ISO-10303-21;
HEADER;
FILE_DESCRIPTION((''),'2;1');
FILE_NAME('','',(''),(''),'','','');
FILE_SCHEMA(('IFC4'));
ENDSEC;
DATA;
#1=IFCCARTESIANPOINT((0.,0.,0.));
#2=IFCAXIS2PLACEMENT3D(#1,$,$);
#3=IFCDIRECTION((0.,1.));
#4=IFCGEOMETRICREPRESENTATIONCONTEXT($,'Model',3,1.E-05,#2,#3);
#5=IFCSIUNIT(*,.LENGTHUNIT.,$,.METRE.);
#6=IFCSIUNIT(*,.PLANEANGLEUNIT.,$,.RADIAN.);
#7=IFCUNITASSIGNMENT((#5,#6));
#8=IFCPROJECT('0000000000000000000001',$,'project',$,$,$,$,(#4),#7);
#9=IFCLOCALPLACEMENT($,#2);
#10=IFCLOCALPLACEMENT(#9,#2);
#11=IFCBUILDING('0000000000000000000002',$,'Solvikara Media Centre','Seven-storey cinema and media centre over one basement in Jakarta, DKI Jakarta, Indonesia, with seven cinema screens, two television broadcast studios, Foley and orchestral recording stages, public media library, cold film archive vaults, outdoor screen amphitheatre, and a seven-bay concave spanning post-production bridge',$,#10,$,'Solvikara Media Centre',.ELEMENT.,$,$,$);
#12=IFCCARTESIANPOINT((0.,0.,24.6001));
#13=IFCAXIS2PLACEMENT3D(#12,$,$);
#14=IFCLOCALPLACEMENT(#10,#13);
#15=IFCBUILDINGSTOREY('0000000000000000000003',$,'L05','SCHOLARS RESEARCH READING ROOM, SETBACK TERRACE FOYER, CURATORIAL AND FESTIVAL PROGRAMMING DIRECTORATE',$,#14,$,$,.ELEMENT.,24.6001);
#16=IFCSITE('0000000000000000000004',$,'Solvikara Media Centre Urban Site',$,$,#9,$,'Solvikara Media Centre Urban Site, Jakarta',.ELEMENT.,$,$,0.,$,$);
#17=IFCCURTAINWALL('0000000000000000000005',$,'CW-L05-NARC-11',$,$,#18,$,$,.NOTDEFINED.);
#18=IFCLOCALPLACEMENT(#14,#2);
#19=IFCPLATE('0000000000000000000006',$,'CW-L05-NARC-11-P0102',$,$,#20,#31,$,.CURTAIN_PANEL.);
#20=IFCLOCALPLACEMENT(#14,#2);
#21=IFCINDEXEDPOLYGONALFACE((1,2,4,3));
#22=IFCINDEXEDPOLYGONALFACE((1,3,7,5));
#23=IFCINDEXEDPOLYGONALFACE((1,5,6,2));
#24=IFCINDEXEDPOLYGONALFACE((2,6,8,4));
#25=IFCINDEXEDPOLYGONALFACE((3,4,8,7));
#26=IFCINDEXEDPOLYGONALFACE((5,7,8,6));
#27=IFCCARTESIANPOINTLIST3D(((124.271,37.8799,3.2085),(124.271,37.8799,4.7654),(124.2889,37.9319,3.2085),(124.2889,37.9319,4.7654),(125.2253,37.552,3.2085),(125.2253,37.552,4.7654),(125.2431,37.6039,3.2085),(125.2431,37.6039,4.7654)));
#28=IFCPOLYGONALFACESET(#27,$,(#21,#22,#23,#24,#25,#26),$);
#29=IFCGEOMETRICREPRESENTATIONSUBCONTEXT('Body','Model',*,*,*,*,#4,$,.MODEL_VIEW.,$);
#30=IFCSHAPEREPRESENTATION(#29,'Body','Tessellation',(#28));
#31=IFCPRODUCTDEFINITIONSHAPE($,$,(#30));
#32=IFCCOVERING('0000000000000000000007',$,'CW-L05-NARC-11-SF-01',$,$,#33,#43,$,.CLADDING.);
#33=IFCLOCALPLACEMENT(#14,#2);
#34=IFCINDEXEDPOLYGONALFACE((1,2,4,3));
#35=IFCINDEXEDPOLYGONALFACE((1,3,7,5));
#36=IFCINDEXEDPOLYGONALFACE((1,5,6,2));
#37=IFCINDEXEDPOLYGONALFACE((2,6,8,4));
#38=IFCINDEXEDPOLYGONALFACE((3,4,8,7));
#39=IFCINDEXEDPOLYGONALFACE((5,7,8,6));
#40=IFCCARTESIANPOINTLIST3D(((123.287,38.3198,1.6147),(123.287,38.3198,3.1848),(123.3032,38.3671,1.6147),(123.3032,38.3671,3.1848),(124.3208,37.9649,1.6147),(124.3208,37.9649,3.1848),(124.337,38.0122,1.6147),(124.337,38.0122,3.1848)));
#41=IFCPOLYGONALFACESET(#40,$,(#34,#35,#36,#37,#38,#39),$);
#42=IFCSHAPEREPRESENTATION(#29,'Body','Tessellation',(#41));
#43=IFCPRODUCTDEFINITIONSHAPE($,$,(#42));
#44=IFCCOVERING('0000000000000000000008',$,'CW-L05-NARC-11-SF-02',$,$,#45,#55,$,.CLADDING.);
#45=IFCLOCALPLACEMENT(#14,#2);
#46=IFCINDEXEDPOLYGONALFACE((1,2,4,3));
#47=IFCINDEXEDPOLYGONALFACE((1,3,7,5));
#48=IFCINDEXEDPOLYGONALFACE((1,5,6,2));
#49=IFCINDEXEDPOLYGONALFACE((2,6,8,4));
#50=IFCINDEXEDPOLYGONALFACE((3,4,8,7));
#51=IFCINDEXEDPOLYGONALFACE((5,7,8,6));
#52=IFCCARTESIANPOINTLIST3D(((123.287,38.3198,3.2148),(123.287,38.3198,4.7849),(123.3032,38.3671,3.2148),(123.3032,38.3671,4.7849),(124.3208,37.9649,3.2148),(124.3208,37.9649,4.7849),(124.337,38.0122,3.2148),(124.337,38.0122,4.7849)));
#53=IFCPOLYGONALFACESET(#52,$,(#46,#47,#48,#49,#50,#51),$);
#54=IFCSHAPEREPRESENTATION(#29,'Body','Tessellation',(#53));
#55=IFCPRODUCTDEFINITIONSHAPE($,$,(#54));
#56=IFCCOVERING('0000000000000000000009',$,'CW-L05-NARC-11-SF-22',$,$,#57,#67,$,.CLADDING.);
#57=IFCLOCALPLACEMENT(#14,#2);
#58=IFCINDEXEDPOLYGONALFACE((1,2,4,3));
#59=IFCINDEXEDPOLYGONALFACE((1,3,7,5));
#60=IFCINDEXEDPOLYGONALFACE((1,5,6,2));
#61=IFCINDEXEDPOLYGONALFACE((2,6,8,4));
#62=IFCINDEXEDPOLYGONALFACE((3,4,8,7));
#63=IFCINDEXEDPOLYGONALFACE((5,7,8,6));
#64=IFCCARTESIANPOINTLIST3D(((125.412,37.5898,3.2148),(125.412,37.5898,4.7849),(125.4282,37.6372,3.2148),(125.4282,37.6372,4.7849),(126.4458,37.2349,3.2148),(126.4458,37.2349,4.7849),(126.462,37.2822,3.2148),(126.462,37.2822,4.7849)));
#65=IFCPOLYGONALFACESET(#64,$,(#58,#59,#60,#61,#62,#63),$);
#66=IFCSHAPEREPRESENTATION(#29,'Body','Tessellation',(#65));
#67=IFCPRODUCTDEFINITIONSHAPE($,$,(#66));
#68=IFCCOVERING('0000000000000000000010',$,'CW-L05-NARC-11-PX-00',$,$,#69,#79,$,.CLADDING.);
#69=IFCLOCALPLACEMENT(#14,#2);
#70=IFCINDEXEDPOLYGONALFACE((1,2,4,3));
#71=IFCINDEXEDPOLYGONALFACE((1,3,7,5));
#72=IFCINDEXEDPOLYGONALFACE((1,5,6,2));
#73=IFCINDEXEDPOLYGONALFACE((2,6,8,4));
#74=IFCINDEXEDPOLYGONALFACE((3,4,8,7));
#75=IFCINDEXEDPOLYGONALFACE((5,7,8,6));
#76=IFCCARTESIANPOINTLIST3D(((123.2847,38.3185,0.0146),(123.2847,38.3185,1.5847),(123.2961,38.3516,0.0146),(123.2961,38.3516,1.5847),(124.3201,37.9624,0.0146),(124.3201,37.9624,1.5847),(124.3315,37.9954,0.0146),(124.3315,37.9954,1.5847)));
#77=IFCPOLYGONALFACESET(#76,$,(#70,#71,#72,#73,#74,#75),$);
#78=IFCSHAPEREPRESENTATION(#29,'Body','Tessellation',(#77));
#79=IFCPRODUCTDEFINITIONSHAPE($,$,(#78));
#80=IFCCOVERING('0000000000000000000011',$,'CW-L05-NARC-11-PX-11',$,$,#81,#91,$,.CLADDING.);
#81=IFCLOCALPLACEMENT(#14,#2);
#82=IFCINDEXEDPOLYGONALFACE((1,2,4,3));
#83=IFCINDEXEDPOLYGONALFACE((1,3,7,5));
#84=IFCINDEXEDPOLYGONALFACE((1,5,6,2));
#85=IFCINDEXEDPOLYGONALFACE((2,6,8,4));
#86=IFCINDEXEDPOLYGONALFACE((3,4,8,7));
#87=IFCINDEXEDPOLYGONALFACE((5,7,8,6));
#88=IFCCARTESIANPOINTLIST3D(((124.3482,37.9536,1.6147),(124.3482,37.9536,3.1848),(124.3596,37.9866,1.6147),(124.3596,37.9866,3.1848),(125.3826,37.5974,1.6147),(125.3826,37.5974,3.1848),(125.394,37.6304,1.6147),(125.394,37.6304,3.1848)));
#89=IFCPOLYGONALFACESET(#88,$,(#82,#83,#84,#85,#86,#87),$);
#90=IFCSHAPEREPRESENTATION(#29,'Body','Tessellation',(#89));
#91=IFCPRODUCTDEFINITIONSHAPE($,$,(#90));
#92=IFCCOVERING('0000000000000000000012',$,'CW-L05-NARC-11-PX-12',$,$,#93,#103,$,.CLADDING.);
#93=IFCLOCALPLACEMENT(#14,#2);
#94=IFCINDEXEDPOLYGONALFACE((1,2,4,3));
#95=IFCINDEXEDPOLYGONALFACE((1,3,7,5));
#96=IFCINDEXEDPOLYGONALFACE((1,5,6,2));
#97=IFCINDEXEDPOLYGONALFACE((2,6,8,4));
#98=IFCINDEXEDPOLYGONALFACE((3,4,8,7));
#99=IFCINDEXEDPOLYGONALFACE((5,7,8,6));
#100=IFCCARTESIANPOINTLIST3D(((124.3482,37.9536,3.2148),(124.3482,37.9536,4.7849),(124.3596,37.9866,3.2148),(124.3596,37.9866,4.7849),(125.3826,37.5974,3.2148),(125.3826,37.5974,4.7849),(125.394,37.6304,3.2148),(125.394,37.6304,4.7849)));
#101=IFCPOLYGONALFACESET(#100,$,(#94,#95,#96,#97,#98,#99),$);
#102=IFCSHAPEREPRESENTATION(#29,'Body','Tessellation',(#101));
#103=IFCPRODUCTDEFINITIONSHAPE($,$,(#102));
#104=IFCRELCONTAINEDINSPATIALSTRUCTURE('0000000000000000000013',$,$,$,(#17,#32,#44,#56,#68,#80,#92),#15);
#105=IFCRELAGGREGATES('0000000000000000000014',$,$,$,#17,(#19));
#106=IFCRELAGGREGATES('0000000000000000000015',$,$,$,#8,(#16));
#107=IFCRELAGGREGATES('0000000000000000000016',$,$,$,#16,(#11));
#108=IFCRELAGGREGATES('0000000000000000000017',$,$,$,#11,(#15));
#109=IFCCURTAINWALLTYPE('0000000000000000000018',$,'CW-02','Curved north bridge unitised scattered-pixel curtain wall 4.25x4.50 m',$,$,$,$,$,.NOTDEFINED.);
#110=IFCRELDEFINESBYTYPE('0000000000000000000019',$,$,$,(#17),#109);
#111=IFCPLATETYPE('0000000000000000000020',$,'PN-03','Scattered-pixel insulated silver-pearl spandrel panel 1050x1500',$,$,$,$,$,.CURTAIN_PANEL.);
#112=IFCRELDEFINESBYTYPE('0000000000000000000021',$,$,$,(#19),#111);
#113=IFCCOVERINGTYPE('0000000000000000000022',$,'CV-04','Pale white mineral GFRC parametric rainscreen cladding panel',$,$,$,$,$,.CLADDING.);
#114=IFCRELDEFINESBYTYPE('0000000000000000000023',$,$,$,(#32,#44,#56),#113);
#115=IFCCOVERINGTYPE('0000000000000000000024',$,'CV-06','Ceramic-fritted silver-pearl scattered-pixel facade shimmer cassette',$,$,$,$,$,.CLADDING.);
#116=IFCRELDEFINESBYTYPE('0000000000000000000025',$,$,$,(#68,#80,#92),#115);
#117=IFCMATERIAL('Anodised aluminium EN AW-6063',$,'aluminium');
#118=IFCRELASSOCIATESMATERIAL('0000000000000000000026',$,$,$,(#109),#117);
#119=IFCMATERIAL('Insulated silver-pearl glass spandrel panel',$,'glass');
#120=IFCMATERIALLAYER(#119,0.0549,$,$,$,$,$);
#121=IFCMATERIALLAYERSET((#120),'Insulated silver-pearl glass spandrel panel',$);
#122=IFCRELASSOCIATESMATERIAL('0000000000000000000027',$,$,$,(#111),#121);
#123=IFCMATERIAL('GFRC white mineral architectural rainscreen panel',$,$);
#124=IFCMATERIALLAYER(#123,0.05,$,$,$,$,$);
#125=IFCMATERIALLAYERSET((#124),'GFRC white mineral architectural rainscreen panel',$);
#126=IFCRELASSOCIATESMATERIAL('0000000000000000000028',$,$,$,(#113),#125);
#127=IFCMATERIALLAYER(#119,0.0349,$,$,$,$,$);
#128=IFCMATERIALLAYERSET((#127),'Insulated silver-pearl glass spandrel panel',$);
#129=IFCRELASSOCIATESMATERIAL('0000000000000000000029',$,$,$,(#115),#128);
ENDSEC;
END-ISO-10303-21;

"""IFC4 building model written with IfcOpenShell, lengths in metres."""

from ifc_helpers import new_model, si_unit, direction, frame, origin, origin_2d, place, context, subcontext, project, spatial, rectangle, extrude, material, layer, layer_set, type_object, element, aggregate, save


model = new_model("IFC4")

# Units and contexts
model_context = context("Model", 3, precision=1e-05, world=origin(), true_north=direction((0.0, 1.0)))
body_context = subcontext(model_context, "Body", "Model", "MODEL_VIEW")
ifc_project = project(units=[si_unit("LENGTHUNIT", "METRE"), si_unit("PLANEANGLEUNIT", "RADIAN")], contexts=[model_context])

# Site, building, storey
site_placement = place(None, origin())
site = spatial("IfcSite", under=ifc_project, at=site_placement, Name="Solvikara Media Centre Urban Site", LongName="Solvikara Media Centre Urban Site, Jakarta", CompositionType="ELEMENT", RefElevation=0.0)
building_placement = place(site_placement, origin())
building = spatial("IfcBuilding", under=site, at=building_placement, Name="Solvikara Media Centre", Description="Seven-storey cinema and media centre over one basement in Jakarta, DKI Jakarta, Indonesia, with seven cinema screens, two television broadcast studios, Foley and orchestral recording stages, public media library, cold film archive vaults, outdoor screen amphitheatre, and a seven-bay concave spanning post-production bridge", LongName="Solvikara Media Centre", CompositionType="ELEMENT")
storey_placement = place(building_placement, frame((0.0, 0.0, 24.6001)))
storey = spatial("IfcBuildingStorey", under=building, at=storey_placement, Name="L05", Description="SCHOLARS RESEARCH READING ROOM, SETBACK TERRACE FOYER, CURATORIAL AND FESTIVAL PROGRAMMING DIRECTORATE", CompositionType="ELEMENT", Elevation=24.6001)

# Curtain wall, plate
ifc_material_1 = material(Name="Anodised aluminium EN AW-6063", Category="aluminium")
curtain_wall_type = type_object("IfcCurtainWallType", Name="CW-02", Description="Curved north bridge unitised scattered-pixel curtain wall 4.25x4.50 m", PredefinedType="NOTDEFINED", material=ifc_material_1)
curtain_wall_placement = place(storey_placement, origin())
curtain_wall = element("IfcCurtainWall", 1, at=curtain_wall_placement, inside=storey, type_object=curtain_wall_type, Name="CW-L05-NARC-11", PredefinedType="NOTDEFINED")
ifc_material_2 = material(Name="Insulated silver-pearl glass spandrel panel", Category="glass")
ifc_layer_1 = layer(ifc_material_2, 0.0549)
ifc_layer_set_1 = layer_set([ifc_layer_1], Name="Insulated silver-pearl glass spandrel panel")
plate_type_1 = type_object("IfcPlateType", Name="PN-03", Description="Scattered-pixel insulated silver-pearl spandrel panel 1050x1500", PredefinedType="CURTAIN_PANEL", material=ifc_layer_set_1)
plate_1_placement = place(storey_placement, frame((124.7571, 37.7419, 3.2085), z_axis=(0.0, 0.0, 1.0), x_axis=(0.945706, -0.325024, 0.0)))
plate_1 = element("IfcPlate", 2, at=plate_1_placement, type_object=plate_type_1, Name="CW-L05-NARC-11-P0102", PredefinedType="CURTAIN_PANEL", context=body_context, shape_type="SweptSolid", body=[
    extrude(rectangle(XDim=1.009, YDim=0.0549, at=origin_2d()), origin(), (0.0, 0.0, 1.0), 1.5569),
])
aggregate(curtain_wall, [plate_1])

# Coverings
ifc_material_3 = material(Name="GFRC white mineral architectural rainscreen panel")
ifc_layer_2 = layer(ifc_material_3, 0.05)
ifc_layer_set_2 = layer_set([ifc_layer_2], Name="GFRC white mineral architectural rainscreen panel")
covering_type_1 = type_object("IfcCoveringType", Name="CV-04", Description="Pale white mineral GFRC parametric rainscreen cladding panel", PredefinedType="CLADDING", material=ifc_layer_set_2)
for number, where, z_axis, x_axis, name in (
    (3, (123.812, 38.166, 1.6147), (0.0, 0.0, 1.0), (0.945808, -0.324726, 0.0), "CW-L05-NARC-11-SF-01"),
    (4, (123.812, 38.166, 3.2148), (0.0, 0.0, 1.0), (0.945808, -0.324726, 0.0), "CW-L05-NARC-11-SF-02"),
    (5, (125.937, 37.436, 3.2148), (0.0, 0.0, 1.0), (0.945808, -0.324726, 0.0), "CW-L05-NARC-11-SF-22"),
):
    element("IfcCovering", number, at=place(storey_placement, frame(where, z_axis=z_axis, x_axis=x_axis)), inside=storey, type_object=covering_type_1, Name=name, PredefinedType="CLADDING", context=body_context, shape_type="SweptSolid", body=[
        extrude(rectangle(XDim=1.093, YDim=0.05, at=origin_2d()), origin(), (0.0, 0.0, 1.0), 1.5701),
    ])
ifc_layer_3 = layer(ifc_material_2, 0.0349)
ifc_layer_set_3 = layer_set([ifc_layer_3], Name="Insulated silver-pearl glass spandrel panel")
covering_type_2 = type_object("IfcCoveringType", Name="CV-06", Description="Ceramic-fritted silver-pearl scattered-pixel facade shimmer cassette", PredefinedType="CLADDING", material=ifc_layer_set_3)
covering_placement = place(storey_placement, frame((123.8081, 38.157, 0.0146), z_axis=(0.0, 0.0, 1.0), x_axis=(0.945626, -0.325255, 0.0)))
element("IfcCovering", 6, at=covering_placement, inside=storey, type_object=covering_type_2, Name="CW-L05-NARC-11-PX-00", PredefinedType="CLADDING", context=body_context, shape_type="SweptSolid", body=[
    extrude(rectangle(XDim=1.095, YDim=0.0349, at=origin_2d()), origin(), (0.0, 0.0, 1.0), 1.5701),
])
for number, where, z_axis, x_axis, name in (
    (7, (124.8711, 37.792, 1.6147), (0.0, 0.0, 1.0), (0.94553, -0.325535, 0.0), "CW-L05-NARC-11-PX-11"),
    (8, (124.8711, 37.792, 3.2148), (0.0, 0.0, 1.0), (0.94553, -0.325535, 0.0), "CW-L05-NARC-11-PX-12"),
):
    element("IfcCovering", number, at=place(storey_placement, frame(where, z_axis=z_axis, x_axis=x_axis)), inside=storey, type_object=covering_type_2, Name=name, PredefinedType="CLADDING", context=body_context, shape_type="SweptSolid", body=[
        extrude(rectangle(XDim=1.094, YDim=0.0349, at=origin_2d()), origin(), (0.0, 0.0, 1.0), 1.5701),
    ])

save(model, "model.ifc")
